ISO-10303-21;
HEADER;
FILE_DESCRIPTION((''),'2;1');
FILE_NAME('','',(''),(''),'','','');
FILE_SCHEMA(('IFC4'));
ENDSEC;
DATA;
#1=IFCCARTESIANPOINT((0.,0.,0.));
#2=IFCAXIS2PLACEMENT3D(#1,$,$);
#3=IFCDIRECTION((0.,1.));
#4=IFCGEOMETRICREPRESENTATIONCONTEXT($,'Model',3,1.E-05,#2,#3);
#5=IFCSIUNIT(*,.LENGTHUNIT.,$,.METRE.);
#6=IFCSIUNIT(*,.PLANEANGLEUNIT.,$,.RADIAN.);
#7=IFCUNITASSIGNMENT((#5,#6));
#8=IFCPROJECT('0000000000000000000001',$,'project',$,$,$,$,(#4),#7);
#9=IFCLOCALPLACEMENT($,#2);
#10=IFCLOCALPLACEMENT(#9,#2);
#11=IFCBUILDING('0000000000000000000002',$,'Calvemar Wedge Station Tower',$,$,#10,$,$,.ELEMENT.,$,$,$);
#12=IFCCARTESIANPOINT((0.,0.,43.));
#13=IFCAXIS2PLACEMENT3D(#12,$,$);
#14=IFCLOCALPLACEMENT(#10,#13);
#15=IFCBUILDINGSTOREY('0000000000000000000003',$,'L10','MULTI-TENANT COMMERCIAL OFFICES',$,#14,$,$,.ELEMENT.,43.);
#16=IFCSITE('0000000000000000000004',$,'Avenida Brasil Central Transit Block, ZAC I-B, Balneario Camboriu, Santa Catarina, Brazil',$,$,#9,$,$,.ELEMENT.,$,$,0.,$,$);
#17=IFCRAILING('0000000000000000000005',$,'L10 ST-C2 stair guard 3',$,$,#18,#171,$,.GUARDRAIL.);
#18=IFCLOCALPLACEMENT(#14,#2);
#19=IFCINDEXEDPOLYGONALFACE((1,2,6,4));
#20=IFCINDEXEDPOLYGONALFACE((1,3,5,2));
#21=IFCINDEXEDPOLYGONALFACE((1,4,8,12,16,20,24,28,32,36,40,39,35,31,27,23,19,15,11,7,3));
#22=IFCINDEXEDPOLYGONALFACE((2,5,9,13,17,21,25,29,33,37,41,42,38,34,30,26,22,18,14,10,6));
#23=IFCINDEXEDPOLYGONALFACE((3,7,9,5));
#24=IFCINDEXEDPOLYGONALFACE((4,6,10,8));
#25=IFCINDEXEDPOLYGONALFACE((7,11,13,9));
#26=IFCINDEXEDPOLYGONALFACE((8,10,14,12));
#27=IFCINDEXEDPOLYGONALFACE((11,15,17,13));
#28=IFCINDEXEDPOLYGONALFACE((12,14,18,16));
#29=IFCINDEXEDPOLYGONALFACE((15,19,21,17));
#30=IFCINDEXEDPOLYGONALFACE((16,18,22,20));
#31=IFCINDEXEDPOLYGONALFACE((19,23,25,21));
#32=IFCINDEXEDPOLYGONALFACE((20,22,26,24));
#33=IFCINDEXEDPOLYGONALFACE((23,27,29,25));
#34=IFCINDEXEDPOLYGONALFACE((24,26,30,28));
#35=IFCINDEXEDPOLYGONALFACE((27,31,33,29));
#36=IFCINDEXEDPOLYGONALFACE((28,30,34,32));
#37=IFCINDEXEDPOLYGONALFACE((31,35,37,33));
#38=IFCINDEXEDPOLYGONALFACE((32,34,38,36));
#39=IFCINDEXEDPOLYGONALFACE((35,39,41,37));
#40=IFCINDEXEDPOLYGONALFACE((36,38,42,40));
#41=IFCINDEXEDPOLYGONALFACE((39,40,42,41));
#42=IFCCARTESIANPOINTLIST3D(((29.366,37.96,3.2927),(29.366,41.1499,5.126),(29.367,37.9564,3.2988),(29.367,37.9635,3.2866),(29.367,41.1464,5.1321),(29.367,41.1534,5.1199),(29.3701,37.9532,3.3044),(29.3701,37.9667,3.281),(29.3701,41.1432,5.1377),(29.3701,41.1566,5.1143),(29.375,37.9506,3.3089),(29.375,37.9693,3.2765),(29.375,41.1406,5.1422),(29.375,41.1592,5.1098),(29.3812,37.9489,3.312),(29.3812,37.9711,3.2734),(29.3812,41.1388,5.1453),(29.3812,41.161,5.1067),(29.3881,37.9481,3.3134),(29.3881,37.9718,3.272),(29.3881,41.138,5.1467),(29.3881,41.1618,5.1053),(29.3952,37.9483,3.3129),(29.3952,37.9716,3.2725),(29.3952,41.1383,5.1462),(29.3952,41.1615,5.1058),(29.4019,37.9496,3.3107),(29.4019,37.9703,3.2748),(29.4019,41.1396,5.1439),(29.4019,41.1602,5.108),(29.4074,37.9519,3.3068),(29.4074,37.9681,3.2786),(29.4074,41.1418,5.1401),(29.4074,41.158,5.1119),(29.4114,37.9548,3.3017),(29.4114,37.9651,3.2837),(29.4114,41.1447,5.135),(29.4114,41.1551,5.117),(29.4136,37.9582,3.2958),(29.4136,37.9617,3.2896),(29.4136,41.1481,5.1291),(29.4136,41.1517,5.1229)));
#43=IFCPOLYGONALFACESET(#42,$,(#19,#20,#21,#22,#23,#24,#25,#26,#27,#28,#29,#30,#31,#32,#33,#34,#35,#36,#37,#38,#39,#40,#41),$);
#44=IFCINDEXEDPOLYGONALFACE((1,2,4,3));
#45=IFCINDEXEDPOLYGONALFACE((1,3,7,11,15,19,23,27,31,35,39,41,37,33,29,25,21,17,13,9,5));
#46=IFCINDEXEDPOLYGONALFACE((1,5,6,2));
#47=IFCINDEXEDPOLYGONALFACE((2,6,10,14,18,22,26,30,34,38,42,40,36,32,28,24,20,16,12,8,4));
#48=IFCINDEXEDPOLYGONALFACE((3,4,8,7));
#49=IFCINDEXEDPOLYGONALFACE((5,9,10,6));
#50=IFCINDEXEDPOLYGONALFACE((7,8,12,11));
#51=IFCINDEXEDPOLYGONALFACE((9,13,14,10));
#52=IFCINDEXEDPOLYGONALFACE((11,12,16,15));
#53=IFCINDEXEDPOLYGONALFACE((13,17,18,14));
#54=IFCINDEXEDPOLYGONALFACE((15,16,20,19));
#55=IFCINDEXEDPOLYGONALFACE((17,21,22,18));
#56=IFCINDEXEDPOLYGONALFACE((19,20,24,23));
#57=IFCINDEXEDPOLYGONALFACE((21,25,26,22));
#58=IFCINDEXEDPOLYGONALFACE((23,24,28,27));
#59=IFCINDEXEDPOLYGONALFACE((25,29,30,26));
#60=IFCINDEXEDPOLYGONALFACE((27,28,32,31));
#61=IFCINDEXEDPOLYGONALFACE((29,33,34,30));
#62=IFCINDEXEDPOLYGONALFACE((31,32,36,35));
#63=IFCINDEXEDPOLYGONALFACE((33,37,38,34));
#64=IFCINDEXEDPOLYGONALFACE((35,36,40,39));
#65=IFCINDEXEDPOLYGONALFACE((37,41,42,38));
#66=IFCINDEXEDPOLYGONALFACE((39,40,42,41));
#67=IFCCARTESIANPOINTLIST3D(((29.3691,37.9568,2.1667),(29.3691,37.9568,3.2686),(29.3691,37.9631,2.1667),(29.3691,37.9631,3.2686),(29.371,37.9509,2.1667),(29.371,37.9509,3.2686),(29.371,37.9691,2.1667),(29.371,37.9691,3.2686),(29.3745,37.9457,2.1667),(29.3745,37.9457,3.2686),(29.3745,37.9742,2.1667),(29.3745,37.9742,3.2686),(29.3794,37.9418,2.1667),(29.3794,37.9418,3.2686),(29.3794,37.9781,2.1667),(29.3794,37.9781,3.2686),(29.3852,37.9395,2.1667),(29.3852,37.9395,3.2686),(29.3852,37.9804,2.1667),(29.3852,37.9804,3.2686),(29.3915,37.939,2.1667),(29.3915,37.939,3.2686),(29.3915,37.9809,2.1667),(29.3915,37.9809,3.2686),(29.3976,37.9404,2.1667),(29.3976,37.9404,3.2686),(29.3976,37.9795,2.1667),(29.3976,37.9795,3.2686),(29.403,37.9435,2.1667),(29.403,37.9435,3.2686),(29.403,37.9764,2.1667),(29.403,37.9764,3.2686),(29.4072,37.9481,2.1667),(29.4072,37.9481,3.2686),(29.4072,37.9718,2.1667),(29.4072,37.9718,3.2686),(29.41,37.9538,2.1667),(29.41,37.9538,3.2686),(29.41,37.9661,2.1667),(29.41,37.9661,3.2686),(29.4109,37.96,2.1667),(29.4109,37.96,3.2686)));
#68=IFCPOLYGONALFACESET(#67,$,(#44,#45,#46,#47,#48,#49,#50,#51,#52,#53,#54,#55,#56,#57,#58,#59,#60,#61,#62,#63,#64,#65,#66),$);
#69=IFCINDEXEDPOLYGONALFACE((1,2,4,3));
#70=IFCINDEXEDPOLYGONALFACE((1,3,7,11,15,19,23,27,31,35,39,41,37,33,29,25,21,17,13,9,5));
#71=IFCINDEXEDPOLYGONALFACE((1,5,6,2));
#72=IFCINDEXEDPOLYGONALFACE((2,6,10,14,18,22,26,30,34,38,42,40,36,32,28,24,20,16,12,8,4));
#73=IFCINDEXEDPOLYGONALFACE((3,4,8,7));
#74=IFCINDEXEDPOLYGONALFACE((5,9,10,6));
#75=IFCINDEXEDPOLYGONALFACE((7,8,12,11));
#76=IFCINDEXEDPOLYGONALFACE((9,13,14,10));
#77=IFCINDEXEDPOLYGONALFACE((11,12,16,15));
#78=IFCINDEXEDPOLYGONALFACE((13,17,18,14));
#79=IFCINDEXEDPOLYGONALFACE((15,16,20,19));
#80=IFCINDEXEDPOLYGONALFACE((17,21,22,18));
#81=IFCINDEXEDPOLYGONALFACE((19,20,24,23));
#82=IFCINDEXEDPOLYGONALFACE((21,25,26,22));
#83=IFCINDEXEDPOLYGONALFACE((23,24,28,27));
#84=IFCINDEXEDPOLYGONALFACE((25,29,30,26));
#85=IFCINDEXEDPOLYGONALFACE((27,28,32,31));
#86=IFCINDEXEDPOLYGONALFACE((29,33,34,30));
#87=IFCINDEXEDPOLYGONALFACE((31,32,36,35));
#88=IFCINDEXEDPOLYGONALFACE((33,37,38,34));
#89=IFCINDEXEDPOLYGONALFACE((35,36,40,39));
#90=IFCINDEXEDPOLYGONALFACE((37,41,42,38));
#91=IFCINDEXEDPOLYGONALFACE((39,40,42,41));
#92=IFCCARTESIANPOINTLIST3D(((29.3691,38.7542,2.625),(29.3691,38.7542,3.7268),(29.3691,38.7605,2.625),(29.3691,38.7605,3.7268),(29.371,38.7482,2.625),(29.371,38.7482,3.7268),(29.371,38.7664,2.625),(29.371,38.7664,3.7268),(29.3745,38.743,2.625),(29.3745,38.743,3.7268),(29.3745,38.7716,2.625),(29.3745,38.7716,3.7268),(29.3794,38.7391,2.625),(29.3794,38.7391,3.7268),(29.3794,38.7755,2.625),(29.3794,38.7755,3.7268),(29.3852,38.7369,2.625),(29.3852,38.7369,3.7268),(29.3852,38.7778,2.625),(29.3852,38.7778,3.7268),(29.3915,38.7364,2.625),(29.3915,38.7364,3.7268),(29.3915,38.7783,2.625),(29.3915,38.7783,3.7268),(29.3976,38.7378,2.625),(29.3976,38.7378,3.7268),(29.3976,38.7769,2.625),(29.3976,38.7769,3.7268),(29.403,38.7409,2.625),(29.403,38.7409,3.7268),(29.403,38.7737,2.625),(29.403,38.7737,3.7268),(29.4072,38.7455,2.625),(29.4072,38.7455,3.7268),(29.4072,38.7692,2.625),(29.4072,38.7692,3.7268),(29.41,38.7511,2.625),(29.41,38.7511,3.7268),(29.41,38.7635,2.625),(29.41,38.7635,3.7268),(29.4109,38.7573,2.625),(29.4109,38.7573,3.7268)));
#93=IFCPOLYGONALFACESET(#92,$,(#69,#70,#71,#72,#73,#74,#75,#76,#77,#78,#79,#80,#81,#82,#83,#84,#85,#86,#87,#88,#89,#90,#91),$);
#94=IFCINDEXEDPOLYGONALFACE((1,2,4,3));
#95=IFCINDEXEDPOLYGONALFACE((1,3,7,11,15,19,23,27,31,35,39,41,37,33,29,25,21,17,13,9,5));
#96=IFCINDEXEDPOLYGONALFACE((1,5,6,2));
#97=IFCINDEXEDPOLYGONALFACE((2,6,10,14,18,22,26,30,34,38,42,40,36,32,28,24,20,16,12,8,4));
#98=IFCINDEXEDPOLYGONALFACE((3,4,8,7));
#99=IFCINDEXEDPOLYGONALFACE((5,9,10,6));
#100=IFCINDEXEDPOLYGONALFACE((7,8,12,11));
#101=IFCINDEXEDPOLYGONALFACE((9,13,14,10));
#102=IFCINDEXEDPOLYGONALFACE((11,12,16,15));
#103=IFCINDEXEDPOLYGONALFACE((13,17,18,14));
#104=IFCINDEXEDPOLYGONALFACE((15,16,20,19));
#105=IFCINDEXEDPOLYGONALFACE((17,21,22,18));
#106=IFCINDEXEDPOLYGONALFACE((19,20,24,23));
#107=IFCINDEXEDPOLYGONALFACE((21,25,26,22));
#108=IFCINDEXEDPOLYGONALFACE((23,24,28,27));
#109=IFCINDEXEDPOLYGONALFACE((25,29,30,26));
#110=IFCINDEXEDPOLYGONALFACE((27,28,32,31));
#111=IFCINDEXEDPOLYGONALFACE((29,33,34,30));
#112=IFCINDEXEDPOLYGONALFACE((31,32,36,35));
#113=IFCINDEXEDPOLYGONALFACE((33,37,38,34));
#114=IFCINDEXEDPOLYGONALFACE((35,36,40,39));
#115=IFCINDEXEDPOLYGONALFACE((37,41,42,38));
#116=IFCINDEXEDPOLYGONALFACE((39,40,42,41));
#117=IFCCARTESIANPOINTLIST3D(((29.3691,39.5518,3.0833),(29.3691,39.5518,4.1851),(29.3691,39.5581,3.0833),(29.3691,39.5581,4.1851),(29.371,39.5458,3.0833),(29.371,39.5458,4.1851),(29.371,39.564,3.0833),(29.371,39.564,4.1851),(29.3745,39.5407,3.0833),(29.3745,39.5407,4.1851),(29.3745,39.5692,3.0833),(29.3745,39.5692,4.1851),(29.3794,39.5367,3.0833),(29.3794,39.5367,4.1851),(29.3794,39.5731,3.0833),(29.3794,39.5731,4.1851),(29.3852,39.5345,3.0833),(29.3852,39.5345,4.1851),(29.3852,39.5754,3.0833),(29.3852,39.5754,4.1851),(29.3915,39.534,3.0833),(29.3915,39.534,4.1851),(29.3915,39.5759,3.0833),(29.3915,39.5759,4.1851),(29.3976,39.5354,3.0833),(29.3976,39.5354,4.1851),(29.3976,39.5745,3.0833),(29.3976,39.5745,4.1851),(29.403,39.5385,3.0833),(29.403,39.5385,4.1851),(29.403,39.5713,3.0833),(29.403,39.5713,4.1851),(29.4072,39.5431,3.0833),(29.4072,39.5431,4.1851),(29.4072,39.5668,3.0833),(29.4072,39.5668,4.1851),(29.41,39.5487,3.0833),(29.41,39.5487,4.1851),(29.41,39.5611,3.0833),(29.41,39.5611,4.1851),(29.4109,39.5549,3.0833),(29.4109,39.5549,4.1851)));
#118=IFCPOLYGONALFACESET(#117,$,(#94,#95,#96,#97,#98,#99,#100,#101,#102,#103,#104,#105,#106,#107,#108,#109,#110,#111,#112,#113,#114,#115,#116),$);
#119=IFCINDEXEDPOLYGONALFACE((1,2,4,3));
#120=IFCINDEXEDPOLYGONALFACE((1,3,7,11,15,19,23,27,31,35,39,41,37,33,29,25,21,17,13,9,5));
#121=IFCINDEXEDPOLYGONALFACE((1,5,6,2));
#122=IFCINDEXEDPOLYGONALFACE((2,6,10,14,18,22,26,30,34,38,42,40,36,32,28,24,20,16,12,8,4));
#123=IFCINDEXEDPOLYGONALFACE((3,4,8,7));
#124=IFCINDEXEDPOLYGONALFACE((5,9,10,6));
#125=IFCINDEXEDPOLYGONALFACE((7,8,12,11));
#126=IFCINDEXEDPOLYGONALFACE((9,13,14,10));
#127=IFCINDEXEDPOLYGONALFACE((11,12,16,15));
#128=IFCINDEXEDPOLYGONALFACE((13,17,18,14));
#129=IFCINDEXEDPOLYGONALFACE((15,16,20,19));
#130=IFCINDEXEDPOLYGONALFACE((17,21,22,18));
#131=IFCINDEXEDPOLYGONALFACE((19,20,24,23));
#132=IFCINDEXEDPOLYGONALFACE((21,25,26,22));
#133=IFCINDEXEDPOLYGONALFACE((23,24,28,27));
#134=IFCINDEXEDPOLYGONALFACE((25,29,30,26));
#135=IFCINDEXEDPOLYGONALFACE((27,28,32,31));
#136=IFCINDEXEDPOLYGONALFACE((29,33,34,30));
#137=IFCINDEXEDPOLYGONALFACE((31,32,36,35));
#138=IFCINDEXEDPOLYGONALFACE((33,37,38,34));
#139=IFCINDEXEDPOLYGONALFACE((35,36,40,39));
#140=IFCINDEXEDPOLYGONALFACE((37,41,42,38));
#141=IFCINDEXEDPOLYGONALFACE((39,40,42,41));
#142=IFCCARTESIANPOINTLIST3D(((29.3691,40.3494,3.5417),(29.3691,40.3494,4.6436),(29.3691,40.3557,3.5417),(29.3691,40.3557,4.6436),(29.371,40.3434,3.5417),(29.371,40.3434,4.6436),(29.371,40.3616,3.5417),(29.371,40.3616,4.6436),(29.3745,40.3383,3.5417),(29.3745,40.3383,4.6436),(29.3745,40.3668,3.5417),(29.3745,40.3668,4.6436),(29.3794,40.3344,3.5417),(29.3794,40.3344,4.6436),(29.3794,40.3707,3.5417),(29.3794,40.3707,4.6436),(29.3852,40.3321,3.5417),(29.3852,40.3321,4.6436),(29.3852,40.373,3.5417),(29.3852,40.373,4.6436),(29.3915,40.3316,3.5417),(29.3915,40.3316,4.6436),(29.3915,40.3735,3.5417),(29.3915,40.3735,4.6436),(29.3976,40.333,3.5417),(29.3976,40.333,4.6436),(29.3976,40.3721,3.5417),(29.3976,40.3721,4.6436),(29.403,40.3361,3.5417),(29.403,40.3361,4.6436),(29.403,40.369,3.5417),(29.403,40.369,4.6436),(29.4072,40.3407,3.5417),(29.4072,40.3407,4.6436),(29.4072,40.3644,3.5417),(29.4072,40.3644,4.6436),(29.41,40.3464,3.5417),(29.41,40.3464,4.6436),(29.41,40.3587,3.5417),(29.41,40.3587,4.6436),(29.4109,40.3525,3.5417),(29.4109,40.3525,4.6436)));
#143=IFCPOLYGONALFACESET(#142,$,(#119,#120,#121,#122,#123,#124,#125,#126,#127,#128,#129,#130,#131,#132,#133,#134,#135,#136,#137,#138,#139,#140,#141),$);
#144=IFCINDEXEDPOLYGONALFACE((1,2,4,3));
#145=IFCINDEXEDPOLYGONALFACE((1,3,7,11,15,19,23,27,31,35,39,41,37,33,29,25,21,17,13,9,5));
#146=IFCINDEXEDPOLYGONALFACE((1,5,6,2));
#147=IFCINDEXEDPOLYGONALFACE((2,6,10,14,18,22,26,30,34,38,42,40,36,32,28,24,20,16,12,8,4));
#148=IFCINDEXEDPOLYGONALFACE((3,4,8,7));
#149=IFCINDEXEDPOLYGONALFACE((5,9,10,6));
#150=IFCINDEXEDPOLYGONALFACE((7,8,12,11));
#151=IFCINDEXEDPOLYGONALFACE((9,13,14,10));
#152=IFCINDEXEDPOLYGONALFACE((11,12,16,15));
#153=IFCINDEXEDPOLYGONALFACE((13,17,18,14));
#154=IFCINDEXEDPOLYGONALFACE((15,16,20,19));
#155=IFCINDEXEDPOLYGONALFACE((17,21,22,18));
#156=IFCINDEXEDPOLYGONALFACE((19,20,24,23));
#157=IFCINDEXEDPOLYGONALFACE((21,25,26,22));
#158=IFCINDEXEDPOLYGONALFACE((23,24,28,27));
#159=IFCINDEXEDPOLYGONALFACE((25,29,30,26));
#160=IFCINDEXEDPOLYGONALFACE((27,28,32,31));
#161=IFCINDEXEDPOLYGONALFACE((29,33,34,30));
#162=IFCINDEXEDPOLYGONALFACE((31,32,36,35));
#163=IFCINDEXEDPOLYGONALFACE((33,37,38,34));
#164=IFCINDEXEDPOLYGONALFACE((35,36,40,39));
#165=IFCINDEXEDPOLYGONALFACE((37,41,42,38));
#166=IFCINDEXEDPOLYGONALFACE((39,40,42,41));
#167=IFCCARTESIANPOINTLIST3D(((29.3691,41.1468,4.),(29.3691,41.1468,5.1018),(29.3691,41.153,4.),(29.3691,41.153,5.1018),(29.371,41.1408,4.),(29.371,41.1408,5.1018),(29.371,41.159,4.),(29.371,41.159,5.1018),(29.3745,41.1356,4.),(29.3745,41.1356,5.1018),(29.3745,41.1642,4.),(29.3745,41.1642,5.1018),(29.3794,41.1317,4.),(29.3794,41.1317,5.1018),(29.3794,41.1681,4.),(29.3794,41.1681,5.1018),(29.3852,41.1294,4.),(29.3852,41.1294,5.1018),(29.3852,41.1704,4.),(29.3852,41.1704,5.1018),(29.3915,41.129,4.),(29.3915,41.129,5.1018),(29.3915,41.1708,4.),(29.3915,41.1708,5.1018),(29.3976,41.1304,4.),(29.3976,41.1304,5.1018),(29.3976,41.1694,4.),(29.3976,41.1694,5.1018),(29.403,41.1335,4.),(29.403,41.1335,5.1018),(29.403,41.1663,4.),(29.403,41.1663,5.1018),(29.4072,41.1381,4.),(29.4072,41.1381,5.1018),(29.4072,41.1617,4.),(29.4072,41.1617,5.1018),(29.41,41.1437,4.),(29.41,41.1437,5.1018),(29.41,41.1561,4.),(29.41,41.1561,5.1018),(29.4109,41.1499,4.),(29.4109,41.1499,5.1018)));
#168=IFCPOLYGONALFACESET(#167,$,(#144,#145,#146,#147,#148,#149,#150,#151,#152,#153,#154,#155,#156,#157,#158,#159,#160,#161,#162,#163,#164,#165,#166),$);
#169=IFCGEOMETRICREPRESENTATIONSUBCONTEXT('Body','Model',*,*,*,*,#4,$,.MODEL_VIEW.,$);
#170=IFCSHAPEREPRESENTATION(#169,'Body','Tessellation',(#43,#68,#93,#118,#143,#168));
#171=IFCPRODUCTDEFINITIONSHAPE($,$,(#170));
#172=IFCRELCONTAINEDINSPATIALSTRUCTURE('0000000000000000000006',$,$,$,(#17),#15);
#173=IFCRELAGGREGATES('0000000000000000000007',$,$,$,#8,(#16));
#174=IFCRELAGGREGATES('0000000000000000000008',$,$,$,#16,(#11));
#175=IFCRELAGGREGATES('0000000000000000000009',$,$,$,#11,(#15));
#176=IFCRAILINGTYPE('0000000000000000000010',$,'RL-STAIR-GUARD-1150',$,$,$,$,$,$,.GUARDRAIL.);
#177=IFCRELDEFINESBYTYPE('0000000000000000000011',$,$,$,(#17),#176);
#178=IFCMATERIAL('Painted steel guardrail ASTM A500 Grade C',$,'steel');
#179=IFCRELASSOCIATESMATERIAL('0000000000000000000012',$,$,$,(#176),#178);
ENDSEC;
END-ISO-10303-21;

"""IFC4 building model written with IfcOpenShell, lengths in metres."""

from ifc_helpers import new_model, si_unit, direction, frame, origin, origin_2d, place, context, subcontext, project, spatial, circle, extrude, material, type_object, element, save


model = new_model("IFC4")

# Units and contexts
model_context = context("Model", 3, precision=1e-05, world=origin(), true_north=direction((0.0, 1.0)))
body_context = subcontext(model_context, "Body", "Model", "MODEL_VIEW")
ifc_project = project(units=[si_unit("LENGTHUNIT", "METRE"), si_unit("PLANEANGLEUNIT", "RADIAN")], contexts=[model_context])

# Site, building, storey
site_placement = place(None, origin())
site = spatial("IfcSite", under=ifc_project, at=site_placement, Name="Avenida Brasil Central Transit Block, ZAC I-B, Balneario Camboriu, Santa Catarina, Brazil", CompositionType="ELEMENT", RefElevation=0.0)
building_placement = place(site_placement, origin())
building = spatial("IfcBuilding", under=site, at=building_placement, Name="Calvemar Wedge Station Tower", CompositionType="ELEMENT")
storey_placement = place(building_placement, frame((0.0, 0.0, 43.0)))
storey = spatial("IfcBuildingStorey", under=building, at=storey_placement, Name="L10", Description="MULTI-TENANT COMMERCIAL OFFICES", CompositionType="ELEMENT", Elevation=43.0)

# Railing
ifc_material_1 = material(Name="Painted steel guardrail ASTM A500 Grade C", Category="steel")
railing_type_1 = type_object("IfcRailingType", Name="RL-STAIR-GUARD-1150", PredefinedType="GUARDRAIL", material=ifc_material_1)
railing_1_placement = place(storey_placement, frame((29.3899, 37.96, 2.1667)))
element("IfcRailing", 1, at=railing_1_placement, inside=storey, type_object=railing_type_1, Name="L10 ST-C2 stair guard 3", PredefinedType="GUARDRAIL", context=body_context, shape_type="SweptSolid", body=[
    extrude(circle(Radius=0.0239, at=origin_2d()), frame((0.0, 0.0, 1.126), z_axis=(0.0, 0.86702, 0.498274), x_axis=(-1.0, 0.0, 0.0)), (0.0, 0.0, 1.0), 3.6792),
    extrude(circle(Radius=0.021, at=origin_2d()), origin(), (0.0, 0.0, 1.0), 1.1018),
    extrude(circle(Radius=0.021, at=origin_2d()), frame((0.0, 0.7974, 0.4583)), (0.0, 0.0, 1.0), 1.1018),
    extrude(circle(Radius=0.021, at=origin_2d()), frame((0.0, 1.595, 0.9165)), (0.0, 0.0, 1.0), 1.1018),
    extrude(circle(Radius=0.021, at=origin_2d()), frame((0.0, 2.3926, 1.375)), (0.0, 0.0, 1.0), 1.1018),
    extrude(circle(Radius=0.021, at=origin_2d()), frame((0.0, 3.1899, 1.8333)), (0.0, 0.0, 1.0), 1.1018),
])

save(model, "model.ifc")
